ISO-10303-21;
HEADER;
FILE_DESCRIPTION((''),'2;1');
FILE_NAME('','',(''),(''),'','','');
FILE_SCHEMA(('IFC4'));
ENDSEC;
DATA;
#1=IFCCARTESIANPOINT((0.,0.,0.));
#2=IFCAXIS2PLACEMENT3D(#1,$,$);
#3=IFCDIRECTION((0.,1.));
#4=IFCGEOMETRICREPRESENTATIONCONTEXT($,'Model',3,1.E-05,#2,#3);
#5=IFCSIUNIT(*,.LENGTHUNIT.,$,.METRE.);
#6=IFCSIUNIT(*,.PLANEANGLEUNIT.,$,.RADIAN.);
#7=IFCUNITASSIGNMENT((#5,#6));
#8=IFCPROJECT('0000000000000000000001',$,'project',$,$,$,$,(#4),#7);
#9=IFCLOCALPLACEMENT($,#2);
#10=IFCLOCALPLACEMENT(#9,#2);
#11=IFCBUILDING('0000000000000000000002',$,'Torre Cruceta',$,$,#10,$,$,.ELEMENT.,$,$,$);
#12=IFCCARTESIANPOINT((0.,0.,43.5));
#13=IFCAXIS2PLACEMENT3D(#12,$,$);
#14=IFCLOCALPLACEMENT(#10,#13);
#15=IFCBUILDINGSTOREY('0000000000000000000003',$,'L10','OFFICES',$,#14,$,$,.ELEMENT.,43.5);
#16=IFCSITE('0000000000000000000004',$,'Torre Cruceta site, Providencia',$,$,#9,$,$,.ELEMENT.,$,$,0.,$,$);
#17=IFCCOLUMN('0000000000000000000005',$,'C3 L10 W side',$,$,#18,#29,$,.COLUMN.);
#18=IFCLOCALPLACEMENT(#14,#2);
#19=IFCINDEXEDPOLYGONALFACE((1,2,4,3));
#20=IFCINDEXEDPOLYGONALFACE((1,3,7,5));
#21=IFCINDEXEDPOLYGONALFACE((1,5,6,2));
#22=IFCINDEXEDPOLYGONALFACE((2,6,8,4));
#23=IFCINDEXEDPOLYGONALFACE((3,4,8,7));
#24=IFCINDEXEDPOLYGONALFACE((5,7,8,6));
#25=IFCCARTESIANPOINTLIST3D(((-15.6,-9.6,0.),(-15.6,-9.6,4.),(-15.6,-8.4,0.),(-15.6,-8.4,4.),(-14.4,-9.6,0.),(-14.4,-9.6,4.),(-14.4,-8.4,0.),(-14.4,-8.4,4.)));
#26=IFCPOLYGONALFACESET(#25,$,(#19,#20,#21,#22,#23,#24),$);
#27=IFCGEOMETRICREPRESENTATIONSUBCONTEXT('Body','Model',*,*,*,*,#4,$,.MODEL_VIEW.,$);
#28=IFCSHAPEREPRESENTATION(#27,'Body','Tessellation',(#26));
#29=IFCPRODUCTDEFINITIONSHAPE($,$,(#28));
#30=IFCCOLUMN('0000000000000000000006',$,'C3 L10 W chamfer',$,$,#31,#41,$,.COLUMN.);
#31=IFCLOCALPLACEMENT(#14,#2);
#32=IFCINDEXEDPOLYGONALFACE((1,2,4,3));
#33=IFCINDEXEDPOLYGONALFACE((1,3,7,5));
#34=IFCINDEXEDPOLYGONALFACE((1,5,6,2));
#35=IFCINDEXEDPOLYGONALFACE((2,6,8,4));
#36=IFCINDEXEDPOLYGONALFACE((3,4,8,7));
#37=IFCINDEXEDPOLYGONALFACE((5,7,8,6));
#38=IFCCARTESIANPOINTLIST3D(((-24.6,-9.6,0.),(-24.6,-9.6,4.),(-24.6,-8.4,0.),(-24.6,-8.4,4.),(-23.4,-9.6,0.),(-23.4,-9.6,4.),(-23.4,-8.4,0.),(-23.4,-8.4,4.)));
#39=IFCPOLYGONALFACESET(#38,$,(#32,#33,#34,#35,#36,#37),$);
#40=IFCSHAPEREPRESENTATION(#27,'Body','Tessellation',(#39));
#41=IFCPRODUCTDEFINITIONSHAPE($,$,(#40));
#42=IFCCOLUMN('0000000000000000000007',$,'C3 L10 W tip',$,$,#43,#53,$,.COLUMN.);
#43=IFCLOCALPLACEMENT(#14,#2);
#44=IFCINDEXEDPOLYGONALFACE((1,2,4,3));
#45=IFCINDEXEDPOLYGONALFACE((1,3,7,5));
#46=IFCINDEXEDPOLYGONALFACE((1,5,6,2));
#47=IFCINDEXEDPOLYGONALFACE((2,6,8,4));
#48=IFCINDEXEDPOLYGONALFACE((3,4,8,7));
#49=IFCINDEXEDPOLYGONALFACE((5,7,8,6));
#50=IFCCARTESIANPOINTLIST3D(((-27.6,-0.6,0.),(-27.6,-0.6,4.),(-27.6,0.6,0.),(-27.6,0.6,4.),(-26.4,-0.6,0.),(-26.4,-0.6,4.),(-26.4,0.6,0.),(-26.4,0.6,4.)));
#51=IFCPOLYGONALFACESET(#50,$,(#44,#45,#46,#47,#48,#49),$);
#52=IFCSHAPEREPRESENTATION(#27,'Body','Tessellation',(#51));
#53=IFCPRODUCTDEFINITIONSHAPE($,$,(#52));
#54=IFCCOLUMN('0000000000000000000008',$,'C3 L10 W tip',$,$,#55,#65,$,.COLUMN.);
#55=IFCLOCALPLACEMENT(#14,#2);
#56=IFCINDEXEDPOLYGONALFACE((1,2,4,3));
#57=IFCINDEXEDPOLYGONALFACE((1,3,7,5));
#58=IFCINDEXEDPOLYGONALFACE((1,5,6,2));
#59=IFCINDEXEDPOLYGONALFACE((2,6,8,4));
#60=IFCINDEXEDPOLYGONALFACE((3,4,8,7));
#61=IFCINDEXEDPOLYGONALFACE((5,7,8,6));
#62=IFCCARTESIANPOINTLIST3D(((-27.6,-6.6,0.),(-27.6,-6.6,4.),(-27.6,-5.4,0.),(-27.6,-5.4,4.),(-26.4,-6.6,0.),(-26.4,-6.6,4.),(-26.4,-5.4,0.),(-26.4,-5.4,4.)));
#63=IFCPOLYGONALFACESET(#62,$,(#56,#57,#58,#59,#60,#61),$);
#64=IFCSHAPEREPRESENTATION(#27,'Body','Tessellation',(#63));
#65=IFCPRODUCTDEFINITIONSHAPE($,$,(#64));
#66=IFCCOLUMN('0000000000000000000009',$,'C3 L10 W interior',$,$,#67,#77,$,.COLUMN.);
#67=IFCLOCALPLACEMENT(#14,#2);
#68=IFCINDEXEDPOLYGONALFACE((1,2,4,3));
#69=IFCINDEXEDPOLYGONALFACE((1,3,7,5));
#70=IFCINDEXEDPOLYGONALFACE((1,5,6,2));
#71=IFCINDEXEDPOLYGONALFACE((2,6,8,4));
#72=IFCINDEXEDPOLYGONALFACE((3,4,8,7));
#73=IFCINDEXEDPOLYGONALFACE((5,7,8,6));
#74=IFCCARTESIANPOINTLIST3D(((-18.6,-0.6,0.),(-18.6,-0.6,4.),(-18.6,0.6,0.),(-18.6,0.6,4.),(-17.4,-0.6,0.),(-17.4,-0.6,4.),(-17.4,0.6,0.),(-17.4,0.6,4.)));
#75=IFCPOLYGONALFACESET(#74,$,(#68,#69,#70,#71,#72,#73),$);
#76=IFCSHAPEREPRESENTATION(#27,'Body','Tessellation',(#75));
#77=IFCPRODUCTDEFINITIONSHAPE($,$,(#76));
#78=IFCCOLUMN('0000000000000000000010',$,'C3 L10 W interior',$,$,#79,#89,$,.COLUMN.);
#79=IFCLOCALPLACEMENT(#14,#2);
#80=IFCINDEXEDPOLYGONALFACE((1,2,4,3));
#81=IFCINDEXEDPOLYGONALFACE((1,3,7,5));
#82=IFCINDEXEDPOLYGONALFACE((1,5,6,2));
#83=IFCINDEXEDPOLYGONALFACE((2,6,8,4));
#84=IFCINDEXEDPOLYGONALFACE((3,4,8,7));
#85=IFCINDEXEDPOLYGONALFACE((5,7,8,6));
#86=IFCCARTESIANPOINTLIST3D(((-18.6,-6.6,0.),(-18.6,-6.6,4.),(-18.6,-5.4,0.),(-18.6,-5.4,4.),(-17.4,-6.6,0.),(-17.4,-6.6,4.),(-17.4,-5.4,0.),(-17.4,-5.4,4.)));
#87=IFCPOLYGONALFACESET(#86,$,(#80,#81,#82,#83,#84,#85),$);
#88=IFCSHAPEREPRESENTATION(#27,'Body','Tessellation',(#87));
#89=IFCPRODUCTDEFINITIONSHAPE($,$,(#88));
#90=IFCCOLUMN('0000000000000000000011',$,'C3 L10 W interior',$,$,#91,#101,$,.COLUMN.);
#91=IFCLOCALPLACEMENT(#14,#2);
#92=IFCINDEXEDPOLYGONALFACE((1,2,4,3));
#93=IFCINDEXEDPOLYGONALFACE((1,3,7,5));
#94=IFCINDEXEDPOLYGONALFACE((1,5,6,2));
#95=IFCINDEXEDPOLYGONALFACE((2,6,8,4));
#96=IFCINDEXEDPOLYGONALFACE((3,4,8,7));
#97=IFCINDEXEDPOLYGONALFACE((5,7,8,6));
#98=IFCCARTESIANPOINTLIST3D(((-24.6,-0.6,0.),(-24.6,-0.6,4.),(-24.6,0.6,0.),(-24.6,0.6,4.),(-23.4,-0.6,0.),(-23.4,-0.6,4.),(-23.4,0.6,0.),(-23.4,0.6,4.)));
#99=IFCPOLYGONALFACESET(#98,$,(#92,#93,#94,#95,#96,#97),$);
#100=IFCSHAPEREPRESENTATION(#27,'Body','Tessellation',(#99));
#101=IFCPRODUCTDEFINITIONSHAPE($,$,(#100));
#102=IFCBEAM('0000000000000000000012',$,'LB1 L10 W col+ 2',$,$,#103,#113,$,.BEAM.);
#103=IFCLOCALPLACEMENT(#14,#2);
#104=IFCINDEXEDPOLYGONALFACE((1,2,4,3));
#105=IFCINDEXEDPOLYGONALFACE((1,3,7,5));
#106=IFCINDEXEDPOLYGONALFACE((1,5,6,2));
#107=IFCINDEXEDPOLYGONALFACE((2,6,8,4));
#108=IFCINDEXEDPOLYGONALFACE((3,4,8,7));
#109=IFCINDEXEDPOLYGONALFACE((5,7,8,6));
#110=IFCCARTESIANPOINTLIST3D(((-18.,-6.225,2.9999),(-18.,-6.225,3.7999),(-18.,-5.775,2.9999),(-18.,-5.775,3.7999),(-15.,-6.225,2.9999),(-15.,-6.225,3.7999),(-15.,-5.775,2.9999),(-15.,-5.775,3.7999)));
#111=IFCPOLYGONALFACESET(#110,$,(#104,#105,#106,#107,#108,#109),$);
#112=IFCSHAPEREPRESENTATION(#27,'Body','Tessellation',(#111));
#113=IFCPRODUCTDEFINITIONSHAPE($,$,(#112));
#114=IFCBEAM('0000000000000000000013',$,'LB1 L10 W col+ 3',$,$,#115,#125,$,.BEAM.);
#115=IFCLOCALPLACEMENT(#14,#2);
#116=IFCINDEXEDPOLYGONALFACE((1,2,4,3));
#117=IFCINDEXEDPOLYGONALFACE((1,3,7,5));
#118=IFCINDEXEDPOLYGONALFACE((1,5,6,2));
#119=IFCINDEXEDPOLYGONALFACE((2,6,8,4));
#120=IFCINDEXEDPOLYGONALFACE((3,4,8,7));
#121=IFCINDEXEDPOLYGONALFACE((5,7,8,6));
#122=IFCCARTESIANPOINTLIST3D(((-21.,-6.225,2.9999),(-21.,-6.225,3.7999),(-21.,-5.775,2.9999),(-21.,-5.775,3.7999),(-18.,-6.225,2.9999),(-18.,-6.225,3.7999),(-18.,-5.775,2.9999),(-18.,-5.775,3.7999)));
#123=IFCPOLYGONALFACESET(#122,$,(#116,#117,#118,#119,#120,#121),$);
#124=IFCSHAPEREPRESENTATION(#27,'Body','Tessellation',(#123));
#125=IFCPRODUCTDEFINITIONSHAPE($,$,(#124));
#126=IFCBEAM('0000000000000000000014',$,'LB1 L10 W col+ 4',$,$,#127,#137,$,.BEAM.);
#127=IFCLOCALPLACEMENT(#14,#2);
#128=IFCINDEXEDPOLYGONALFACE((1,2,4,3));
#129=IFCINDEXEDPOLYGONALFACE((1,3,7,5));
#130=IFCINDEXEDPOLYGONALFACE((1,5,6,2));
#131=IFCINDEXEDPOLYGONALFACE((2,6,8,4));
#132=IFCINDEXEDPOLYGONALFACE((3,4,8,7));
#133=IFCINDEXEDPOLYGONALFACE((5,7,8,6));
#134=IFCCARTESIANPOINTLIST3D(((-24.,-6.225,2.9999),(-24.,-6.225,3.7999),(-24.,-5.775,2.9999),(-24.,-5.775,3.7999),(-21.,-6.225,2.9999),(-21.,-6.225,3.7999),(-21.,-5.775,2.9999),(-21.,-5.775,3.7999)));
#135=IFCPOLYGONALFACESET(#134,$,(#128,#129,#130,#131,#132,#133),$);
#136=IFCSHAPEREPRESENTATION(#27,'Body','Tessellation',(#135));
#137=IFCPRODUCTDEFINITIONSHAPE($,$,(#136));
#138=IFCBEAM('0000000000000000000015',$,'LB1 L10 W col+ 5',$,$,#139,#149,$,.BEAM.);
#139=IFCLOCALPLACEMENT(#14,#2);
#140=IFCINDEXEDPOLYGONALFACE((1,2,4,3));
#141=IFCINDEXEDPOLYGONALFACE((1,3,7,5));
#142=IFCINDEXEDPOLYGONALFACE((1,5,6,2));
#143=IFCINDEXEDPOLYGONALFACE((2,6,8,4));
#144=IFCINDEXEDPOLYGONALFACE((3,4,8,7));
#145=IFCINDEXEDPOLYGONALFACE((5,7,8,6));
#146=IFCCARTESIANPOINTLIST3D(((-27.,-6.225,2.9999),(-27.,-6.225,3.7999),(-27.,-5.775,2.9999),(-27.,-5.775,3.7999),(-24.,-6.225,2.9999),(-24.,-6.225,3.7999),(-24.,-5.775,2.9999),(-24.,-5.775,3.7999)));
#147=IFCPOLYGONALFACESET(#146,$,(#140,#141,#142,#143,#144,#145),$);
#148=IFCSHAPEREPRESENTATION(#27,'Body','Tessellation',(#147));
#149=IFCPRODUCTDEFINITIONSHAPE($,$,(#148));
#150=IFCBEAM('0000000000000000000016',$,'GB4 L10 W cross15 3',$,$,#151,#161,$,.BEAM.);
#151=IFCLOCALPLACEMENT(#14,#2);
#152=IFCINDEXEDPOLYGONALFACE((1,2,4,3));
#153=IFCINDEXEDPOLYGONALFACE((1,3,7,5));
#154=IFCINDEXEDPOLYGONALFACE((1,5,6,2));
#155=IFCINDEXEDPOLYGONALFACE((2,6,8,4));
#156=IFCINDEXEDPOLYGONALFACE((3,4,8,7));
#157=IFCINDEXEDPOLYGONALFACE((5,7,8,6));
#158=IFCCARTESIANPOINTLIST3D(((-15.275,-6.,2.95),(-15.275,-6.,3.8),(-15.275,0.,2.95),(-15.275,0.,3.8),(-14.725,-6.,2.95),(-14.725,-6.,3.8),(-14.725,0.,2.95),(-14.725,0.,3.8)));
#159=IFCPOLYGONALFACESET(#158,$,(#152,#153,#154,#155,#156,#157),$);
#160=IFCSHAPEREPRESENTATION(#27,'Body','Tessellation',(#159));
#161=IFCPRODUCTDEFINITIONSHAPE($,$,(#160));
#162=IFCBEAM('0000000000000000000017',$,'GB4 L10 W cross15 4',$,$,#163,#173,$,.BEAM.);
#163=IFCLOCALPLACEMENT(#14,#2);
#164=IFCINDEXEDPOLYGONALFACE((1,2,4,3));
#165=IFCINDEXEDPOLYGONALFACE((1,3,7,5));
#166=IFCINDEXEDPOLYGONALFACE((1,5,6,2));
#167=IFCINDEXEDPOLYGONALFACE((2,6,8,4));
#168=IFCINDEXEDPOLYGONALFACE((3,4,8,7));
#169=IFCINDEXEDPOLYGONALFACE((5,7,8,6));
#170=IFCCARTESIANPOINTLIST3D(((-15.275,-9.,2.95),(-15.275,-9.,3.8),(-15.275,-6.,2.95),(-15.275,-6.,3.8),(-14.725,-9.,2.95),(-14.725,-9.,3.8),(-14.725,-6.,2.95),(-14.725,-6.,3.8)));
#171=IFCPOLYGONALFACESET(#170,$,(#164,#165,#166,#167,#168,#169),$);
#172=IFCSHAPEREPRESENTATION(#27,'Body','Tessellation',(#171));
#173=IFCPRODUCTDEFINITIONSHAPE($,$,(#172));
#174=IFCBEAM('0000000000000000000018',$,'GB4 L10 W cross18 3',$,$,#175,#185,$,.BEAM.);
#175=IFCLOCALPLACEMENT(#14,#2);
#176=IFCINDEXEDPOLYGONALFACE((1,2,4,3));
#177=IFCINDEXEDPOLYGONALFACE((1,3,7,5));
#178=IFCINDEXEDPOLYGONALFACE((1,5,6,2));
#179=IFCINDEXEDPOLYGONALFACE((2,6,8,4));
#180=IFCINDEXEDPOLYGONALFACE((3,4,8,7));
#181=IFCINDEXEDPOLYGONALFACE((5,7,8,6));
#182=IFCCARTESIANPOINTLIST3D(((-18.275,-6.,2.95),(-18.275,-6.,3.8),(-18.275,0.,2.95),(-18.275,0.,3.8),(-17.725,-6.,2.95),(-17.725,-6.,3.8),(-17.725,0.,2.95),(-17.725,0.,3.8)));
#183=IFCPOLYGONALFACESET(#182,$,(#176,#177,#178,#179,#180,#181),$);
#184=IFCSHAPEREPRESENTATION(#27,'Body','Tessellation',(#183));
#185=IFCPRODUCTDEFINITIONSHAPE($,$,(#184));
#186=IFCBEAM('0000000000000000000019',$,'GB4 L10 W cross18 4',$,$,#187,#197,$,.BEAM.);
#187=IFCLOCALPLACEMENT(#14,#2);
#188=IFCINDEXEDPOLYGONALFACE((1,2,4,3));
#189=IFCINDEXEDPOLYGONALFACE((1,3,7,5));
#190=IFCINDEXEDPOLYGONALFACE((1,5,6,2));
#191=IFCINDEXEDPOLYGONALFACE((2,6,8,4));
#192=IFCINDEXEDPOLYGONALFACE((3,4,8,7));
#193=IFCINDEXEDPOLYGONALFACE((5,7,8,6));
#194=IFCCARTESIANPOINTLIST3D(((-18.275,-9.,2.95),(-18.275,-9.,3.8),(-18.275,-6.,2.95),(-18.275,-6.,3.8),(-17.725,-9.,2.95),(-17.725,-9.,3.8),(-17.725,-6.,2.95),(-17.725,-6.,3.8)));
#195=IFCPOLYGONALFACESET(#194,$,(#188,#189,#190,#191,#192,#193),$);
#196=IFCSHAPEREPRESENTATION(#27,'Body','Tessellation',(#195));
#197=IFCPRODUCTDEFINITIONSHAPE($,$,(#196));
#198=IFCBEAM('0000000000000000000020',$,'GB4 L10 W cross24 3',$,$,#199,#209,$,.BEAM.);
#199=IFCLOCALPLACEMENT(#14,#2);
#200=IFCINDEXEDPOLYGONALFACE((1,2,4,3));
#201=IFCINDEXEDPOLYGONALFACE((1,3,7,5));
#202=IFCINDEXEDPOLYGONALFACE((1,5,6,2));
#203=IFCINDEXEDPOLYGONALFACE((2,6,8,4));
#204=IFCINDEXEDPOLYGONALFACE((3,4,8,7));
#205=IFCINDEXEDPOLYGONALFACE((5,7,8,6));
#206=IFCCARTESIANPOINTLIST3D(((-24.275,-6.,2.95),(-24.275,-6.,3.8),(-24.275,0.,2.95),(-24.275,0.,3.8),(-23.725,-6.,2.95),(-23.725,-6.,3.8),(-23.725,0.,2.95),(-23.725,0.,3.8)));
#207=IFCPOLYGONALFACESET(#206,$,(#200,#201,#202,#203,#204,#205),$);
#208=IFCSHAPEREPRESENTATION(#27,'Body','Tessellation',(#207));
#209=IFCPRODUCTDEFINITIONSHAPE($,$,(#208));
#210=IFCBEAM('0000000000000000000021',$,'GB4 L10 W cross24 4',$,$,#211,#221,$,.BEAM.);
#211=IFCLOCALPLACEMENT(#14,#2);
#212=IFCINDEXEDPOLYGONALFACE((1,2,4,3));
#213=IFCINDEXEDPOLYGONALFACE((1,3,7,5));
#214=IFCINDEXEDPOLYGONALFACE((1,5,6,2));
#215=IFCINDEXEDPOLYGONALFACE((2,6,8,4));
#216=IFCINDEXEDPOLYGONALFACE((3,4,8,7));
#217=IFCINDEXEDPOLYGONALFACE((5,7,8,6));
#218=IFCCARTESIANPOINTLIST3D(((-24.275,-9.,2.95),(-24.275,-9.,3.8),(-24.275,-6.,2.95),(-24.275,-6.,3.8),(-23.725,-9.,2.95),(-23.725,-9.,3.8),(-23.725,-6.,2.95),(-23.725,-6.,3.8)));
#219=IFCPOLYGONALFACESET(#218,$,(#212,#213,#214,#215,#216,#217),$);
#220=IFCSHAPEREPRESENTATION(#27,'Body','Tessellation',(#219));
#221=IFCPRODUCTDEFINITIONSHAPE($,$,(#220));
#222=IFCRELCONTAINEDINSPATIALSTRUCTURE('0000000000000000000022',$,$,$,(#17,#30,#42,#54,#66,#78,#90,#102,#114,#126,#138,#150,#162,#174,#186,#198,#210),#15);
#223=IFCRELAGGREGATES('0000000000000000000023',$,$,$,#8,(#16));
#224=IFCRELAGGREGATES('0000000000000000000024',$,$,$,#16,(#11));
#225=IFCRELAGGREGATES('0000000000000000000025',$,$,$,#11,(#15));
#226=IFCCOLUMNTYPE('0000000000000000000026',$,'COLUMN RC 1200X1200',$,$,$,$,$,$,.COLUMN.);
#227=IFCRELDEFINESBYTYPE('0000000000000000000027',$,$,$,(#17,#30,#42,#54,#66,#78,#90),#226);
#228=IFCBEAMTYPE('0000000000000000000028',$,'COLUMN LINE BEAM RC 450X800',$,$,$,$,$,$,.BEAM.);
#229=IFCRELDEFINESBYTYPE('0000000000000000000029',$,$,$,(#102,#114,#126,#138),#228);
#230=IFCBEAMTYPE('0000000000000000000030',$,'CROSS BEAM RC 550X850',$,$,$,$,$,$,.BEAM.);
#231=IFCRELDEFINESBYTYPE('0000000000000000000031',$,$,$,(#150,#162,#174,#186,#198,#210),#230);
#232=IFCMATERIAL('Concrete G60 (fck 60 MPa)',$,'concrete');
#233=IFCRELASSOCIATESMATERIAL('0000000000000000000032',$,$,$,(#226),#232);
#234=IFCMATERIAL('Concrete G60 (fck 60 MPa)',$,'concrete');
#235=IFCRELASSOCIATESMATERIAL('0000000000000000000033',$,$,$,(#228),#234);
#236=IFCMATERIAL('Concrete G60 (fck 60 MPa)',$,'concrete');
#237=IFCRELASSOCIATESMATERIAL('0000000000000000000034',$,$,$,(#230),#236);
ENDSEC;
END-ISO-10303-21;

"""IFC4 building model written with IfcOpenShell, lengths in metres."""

from ifc_helpers import new_model, si_unit, direction, frame, origin, origin_2d, place, context, subcontext, project, spatial, rectangle, extrude, material, material_profile, profile_set, type_object, element, save


model = new_model("IFC4")

# Units and contexts
model_context = context("Model", 3, precision=1e-05, world=origin(), true_north=direction((0.0, 1.0)))
body_context = subcontext(model_context, "Body", "Model", "MODEL_VIEW")
ifc_project = project(units=[si_unit("LENGTHUNIT", "METRE"), si_unit("PLANEANGLEUNIT", "RADIAN")], contexts=[model_context])

# Site, building, storey
site_placement = place(None, origin())
site = spatial("IfcSite", under=ifc_project, at=site_placement, Name="Torre Cruceta site, Providencia", CompositionType="ELEMENT", RefElevation=0.0)
building_placement = place(site_placement, origin())
building = spatial("IfcBuilding", under=site, at=building_placement, Name="Torre Cruceta", CompositionType="ELEMENT")
storey_placement = place(building_placement, frame((0.0, 0.0, 43.5)))
storey = spatial("IfcBuildingStorey", under=building, at=storey_placement, Name="L10", Description="OFFICES", CompositionType="ELEMENT", Elevation=43.5)

# Columns
ifc_material_1 = material(Name="Concrete G60 (fck 60 MPa)", Category="concrete")
ifc_material_profile_1 = material_profile(ifc_material_1, rectangle(XDim=1.2, YDim=1.2, at=origin_2d()), Name="RC 1200X1200")
ifc_profile_set_1 = profile_set([ifc_material_profile_1], Name="Concrete G60 (fck 60 MPa)")
column_type = type_object("IfcColumnType", Name="COLUMN RC 1200X1200", PredefinedType="COLUMN", material=ifc_profile_set_1)
for number, where, z_axis, x_axis, name in (
    (1, (-15.0, -9.0, 0.0), (0.0, 0.0, 1.0), (1.0, 0.0, 0.0), "C3 L10 W side"),
    (2, (-24.0, -9.0, 0.0), (0.0, 0.0, 1.0), (1.0, 0.0, 0.0), "C3 L10 W chamfer"),
    (3, (-27.0, 0.0, 0.0), (0.0, 0.0, 1.0), (1.0, 0.0, 0.0), "C3 L10 W tip"),
    (4, (-27.0, -6.0, 0.0), (0.0, 0.0, 1.0), (1.0, 0.0, 0.0), "C3 L10 W tip"),
    (5, (-18.0, 0.0, 0.0), (0.0, 0.0, 1.0), (1.0, 0.0, 0.0), "C3 L10 W interior"),
    (6, (-18.0, -6.0, 0.0), (0.0, 0.0, 1.0), (1.0, 0.0, 0.0), "C3 L10 W interior"),
    (7, (-24.0, 0.0, 0.0), (0.0, 0.0, 1.0), (1.0, 0.0, 0.0), "C3 L10 W interior"),
):
    element("IfcColumn", number, at=place(storey_placement, frame(where, z_axis=z_axis, x_axis=x_axis)), inside=storey, type_object=column_type, Name=name, PredefinedType="COLUMN", context=body_context, shape_type="SweptSolid", body=[
        extrude(rectangle(XDim=1.2, YDim=1.2, at=origin_2d()), origin(), (0.0, 0.0, 1.0), 4.0),
    ])

# Beams
ifc_material_2 = material(Name="Concrete G60 (fck 60 MPa)", Category="concrete")
ifc_material_profile_2 = material_profile(ifc_material_2, rectangle(XDim=0.45, YDim=0.8, at=origin_2d()), Name="RC 450X800")
ifc_profile_set_2 = profile_set([ifc_material_profile_2], Name="Concrete G60 (fck 60 MPa)")
beam_type_1 = type_object("IfcBeamType", Name="COLUMN LINE BEAM RC 450X800", PredefinedType="BEAM", material=ifc_profile_set_2)
for number, where, z_axis, x_axis, name in (
    (8, (-15.0, -6.0, 3.3999), (-1.0, 0.0, 0.0), (0.0, -1.0, 0.0), "LB1 L10 W col+ 2"),
    (9, (-18.0, -6.0, 3.3999), (-1.0, 0.0, 0.0), (0.0, -1.0, 0.0), "LB1 L10 W col+ 3"),
    (10, (-21.0, -6.0, 3.3999), (-1.0, 0.0, 0.0), (0.0, -1.0, 0.0), "LB1 L10 W col+ 4"),
    (11, (-24.0, -6.0, 3.3999), (-1.0, 0.0, 0.0), (0.0, -1.0, 0.0), "LB1 L10 W col+ 5"),
):
    element("IfcBeam", number, at=place(storey_placement, frame(where, z_axis=z_axis, x_axis=x_axis)), inside=storey, type_object=beam_type_1, Name=name, PredefinedType="BEAM", context=body_context, shape_type="SweptSolid", body=[
        extrude(rectangle(XDim=0.45, YDim=0.8, at=origin_2d()), origin(), (0.0, 0.0, 1.0), 3.0),
    ])
ifc_material_3 = material(Name="Concrete G60 (fck 60 MPa)", Category="concrete")
ifc_material_profile_3 = material_profile(ifc_material_3, rectangle(XDim=0.55, YDim=0.8501, at=origin_2d()), Name="RC 550X850")
ifc_profile_set_3 = profile_set([ifc_material_profile_3], Name="Concrete G60 (fck 60 MPa)")
beam_type_2 = type_object("IfcBeamType", Name="CROSS BEAM RC 550X850", PredefinedType="BEAM", material=ifc_profile_set_3)
beam_1_placement = place(storey_placement, frame((-15.0, 0.0, 3.375), z_axis=(0.0, -1.0, 0.0), x_axis=(1.0, 0.0, 0.0)))
element("IfcBeam", 12, at=beam_1_placement, inside=storey, type_object=beam_type_2, Name="GB4 L10 W cross15 3", PredefinedType="BEAM", context=body_context, shape_type="SweptSolid", body=[
    extrude(rectangle(XDim=0.55, YDim=0.8501, at=origin_2d()), origin(), (0.0, 0.0, 1.0), 6.0),
])
beam_2_placement = place(storey_placement, frame((-15.0, -6.0, 3.375), z_axis=(0.0, -1.0, 0.0), x_axis=(1.0, 0.0, 0.0)))
element("IfcBeam", 13, at=beam_2_placement, inside=storey, type_object=beam_type_2, Name="GB4 L10 W cross15 4", PredefinedType="BEAM", context=body_context, shape_type="SweptSolid", body=[
    extrude(rectangle(XDim=0.55, YDim=0.8501, at=origin_2d()), origin(), (0.0, 0.0, 1.0), 3.0),
])
beam_3_placement = place(storey_placement, frame((-18.0, 0.0, 3.375), z_axis=(0.0, -1.0, 0.0), x_axis=(1.0, 0.0, 0.0)))
element("IfcBeam", 14, at=beam_3_placement, inside=storey, type_object=beam_type_2, Name="GB4 L10 W cross18 3", PredefinedType="BEAM", context=body_context, shape_type="SweptSolid", body=[
    extrude(rectangle(XDim=0.55, YDim=0.8501, at=origin_2d()), origin(), (0.0, 0.0, 1.0), 6.0),
])
beam_4_placement = place(storey_placement, frame((-18.0, -6.0, 3.375), z_axis=(0.0, -1.0, 0.0), x_axis=(1.0, 0.0, 0.0)))
element("IfcBeam", 15, at=beam_4_placement, inside=storey, type_object=beam_type_2, Name="GB4 L10 W cross18 4", PredefinedType="BEAM", context=body_context, shape_type="SweptSolid", body=[
    extrude(rectangle(XDim=0.55, YDim=0.8501, at=origin_2d()), origin(), (0.0, 0.0, 1.0), 3.0),
])
beam_5_placement = place(storey_placement, frame((-24.0, 0.0, 3.375), z_axis=(0.0, -1.0, 0.0), x_axis=(1.0, 0.0, 0.0)))
element("IfcBeam", 16, at=beam_5_placement, inside=storey, type_object=beam_type_2, Name="GB4 L10 W cross24 3", PredefinedType="BEAM", context=body_context, shape_type="SweptSolid", body=[
    extrude(rectangle(XDim=0.55, YDim=0.8501, at=origin_2d()), origin(), (0.0, 0.0, 1.0), 6.0),
])
beam_6_placement = place(storey_placement, frame((-24.0, -6.0, 3.375), z_axis=(0.0, -1.0, 0.0), x_axis=(1.0, 0.0, 0.0)))
element("IfcBeam", 17, at=beam_6_placement, inside=storey, type_object=beam_type_2, Name="GB4 L10 W cross24 4", PredefinedType="BEAM", context=body_context, shape_type="SweptSolid", body=[
    extrude(rectangle(XDim=0.55, YDim=0.8501, at=origin_2d()), origin(), (0.0, 0.0, 1.0), 3.0),
])

save(model, "model.ifc")
